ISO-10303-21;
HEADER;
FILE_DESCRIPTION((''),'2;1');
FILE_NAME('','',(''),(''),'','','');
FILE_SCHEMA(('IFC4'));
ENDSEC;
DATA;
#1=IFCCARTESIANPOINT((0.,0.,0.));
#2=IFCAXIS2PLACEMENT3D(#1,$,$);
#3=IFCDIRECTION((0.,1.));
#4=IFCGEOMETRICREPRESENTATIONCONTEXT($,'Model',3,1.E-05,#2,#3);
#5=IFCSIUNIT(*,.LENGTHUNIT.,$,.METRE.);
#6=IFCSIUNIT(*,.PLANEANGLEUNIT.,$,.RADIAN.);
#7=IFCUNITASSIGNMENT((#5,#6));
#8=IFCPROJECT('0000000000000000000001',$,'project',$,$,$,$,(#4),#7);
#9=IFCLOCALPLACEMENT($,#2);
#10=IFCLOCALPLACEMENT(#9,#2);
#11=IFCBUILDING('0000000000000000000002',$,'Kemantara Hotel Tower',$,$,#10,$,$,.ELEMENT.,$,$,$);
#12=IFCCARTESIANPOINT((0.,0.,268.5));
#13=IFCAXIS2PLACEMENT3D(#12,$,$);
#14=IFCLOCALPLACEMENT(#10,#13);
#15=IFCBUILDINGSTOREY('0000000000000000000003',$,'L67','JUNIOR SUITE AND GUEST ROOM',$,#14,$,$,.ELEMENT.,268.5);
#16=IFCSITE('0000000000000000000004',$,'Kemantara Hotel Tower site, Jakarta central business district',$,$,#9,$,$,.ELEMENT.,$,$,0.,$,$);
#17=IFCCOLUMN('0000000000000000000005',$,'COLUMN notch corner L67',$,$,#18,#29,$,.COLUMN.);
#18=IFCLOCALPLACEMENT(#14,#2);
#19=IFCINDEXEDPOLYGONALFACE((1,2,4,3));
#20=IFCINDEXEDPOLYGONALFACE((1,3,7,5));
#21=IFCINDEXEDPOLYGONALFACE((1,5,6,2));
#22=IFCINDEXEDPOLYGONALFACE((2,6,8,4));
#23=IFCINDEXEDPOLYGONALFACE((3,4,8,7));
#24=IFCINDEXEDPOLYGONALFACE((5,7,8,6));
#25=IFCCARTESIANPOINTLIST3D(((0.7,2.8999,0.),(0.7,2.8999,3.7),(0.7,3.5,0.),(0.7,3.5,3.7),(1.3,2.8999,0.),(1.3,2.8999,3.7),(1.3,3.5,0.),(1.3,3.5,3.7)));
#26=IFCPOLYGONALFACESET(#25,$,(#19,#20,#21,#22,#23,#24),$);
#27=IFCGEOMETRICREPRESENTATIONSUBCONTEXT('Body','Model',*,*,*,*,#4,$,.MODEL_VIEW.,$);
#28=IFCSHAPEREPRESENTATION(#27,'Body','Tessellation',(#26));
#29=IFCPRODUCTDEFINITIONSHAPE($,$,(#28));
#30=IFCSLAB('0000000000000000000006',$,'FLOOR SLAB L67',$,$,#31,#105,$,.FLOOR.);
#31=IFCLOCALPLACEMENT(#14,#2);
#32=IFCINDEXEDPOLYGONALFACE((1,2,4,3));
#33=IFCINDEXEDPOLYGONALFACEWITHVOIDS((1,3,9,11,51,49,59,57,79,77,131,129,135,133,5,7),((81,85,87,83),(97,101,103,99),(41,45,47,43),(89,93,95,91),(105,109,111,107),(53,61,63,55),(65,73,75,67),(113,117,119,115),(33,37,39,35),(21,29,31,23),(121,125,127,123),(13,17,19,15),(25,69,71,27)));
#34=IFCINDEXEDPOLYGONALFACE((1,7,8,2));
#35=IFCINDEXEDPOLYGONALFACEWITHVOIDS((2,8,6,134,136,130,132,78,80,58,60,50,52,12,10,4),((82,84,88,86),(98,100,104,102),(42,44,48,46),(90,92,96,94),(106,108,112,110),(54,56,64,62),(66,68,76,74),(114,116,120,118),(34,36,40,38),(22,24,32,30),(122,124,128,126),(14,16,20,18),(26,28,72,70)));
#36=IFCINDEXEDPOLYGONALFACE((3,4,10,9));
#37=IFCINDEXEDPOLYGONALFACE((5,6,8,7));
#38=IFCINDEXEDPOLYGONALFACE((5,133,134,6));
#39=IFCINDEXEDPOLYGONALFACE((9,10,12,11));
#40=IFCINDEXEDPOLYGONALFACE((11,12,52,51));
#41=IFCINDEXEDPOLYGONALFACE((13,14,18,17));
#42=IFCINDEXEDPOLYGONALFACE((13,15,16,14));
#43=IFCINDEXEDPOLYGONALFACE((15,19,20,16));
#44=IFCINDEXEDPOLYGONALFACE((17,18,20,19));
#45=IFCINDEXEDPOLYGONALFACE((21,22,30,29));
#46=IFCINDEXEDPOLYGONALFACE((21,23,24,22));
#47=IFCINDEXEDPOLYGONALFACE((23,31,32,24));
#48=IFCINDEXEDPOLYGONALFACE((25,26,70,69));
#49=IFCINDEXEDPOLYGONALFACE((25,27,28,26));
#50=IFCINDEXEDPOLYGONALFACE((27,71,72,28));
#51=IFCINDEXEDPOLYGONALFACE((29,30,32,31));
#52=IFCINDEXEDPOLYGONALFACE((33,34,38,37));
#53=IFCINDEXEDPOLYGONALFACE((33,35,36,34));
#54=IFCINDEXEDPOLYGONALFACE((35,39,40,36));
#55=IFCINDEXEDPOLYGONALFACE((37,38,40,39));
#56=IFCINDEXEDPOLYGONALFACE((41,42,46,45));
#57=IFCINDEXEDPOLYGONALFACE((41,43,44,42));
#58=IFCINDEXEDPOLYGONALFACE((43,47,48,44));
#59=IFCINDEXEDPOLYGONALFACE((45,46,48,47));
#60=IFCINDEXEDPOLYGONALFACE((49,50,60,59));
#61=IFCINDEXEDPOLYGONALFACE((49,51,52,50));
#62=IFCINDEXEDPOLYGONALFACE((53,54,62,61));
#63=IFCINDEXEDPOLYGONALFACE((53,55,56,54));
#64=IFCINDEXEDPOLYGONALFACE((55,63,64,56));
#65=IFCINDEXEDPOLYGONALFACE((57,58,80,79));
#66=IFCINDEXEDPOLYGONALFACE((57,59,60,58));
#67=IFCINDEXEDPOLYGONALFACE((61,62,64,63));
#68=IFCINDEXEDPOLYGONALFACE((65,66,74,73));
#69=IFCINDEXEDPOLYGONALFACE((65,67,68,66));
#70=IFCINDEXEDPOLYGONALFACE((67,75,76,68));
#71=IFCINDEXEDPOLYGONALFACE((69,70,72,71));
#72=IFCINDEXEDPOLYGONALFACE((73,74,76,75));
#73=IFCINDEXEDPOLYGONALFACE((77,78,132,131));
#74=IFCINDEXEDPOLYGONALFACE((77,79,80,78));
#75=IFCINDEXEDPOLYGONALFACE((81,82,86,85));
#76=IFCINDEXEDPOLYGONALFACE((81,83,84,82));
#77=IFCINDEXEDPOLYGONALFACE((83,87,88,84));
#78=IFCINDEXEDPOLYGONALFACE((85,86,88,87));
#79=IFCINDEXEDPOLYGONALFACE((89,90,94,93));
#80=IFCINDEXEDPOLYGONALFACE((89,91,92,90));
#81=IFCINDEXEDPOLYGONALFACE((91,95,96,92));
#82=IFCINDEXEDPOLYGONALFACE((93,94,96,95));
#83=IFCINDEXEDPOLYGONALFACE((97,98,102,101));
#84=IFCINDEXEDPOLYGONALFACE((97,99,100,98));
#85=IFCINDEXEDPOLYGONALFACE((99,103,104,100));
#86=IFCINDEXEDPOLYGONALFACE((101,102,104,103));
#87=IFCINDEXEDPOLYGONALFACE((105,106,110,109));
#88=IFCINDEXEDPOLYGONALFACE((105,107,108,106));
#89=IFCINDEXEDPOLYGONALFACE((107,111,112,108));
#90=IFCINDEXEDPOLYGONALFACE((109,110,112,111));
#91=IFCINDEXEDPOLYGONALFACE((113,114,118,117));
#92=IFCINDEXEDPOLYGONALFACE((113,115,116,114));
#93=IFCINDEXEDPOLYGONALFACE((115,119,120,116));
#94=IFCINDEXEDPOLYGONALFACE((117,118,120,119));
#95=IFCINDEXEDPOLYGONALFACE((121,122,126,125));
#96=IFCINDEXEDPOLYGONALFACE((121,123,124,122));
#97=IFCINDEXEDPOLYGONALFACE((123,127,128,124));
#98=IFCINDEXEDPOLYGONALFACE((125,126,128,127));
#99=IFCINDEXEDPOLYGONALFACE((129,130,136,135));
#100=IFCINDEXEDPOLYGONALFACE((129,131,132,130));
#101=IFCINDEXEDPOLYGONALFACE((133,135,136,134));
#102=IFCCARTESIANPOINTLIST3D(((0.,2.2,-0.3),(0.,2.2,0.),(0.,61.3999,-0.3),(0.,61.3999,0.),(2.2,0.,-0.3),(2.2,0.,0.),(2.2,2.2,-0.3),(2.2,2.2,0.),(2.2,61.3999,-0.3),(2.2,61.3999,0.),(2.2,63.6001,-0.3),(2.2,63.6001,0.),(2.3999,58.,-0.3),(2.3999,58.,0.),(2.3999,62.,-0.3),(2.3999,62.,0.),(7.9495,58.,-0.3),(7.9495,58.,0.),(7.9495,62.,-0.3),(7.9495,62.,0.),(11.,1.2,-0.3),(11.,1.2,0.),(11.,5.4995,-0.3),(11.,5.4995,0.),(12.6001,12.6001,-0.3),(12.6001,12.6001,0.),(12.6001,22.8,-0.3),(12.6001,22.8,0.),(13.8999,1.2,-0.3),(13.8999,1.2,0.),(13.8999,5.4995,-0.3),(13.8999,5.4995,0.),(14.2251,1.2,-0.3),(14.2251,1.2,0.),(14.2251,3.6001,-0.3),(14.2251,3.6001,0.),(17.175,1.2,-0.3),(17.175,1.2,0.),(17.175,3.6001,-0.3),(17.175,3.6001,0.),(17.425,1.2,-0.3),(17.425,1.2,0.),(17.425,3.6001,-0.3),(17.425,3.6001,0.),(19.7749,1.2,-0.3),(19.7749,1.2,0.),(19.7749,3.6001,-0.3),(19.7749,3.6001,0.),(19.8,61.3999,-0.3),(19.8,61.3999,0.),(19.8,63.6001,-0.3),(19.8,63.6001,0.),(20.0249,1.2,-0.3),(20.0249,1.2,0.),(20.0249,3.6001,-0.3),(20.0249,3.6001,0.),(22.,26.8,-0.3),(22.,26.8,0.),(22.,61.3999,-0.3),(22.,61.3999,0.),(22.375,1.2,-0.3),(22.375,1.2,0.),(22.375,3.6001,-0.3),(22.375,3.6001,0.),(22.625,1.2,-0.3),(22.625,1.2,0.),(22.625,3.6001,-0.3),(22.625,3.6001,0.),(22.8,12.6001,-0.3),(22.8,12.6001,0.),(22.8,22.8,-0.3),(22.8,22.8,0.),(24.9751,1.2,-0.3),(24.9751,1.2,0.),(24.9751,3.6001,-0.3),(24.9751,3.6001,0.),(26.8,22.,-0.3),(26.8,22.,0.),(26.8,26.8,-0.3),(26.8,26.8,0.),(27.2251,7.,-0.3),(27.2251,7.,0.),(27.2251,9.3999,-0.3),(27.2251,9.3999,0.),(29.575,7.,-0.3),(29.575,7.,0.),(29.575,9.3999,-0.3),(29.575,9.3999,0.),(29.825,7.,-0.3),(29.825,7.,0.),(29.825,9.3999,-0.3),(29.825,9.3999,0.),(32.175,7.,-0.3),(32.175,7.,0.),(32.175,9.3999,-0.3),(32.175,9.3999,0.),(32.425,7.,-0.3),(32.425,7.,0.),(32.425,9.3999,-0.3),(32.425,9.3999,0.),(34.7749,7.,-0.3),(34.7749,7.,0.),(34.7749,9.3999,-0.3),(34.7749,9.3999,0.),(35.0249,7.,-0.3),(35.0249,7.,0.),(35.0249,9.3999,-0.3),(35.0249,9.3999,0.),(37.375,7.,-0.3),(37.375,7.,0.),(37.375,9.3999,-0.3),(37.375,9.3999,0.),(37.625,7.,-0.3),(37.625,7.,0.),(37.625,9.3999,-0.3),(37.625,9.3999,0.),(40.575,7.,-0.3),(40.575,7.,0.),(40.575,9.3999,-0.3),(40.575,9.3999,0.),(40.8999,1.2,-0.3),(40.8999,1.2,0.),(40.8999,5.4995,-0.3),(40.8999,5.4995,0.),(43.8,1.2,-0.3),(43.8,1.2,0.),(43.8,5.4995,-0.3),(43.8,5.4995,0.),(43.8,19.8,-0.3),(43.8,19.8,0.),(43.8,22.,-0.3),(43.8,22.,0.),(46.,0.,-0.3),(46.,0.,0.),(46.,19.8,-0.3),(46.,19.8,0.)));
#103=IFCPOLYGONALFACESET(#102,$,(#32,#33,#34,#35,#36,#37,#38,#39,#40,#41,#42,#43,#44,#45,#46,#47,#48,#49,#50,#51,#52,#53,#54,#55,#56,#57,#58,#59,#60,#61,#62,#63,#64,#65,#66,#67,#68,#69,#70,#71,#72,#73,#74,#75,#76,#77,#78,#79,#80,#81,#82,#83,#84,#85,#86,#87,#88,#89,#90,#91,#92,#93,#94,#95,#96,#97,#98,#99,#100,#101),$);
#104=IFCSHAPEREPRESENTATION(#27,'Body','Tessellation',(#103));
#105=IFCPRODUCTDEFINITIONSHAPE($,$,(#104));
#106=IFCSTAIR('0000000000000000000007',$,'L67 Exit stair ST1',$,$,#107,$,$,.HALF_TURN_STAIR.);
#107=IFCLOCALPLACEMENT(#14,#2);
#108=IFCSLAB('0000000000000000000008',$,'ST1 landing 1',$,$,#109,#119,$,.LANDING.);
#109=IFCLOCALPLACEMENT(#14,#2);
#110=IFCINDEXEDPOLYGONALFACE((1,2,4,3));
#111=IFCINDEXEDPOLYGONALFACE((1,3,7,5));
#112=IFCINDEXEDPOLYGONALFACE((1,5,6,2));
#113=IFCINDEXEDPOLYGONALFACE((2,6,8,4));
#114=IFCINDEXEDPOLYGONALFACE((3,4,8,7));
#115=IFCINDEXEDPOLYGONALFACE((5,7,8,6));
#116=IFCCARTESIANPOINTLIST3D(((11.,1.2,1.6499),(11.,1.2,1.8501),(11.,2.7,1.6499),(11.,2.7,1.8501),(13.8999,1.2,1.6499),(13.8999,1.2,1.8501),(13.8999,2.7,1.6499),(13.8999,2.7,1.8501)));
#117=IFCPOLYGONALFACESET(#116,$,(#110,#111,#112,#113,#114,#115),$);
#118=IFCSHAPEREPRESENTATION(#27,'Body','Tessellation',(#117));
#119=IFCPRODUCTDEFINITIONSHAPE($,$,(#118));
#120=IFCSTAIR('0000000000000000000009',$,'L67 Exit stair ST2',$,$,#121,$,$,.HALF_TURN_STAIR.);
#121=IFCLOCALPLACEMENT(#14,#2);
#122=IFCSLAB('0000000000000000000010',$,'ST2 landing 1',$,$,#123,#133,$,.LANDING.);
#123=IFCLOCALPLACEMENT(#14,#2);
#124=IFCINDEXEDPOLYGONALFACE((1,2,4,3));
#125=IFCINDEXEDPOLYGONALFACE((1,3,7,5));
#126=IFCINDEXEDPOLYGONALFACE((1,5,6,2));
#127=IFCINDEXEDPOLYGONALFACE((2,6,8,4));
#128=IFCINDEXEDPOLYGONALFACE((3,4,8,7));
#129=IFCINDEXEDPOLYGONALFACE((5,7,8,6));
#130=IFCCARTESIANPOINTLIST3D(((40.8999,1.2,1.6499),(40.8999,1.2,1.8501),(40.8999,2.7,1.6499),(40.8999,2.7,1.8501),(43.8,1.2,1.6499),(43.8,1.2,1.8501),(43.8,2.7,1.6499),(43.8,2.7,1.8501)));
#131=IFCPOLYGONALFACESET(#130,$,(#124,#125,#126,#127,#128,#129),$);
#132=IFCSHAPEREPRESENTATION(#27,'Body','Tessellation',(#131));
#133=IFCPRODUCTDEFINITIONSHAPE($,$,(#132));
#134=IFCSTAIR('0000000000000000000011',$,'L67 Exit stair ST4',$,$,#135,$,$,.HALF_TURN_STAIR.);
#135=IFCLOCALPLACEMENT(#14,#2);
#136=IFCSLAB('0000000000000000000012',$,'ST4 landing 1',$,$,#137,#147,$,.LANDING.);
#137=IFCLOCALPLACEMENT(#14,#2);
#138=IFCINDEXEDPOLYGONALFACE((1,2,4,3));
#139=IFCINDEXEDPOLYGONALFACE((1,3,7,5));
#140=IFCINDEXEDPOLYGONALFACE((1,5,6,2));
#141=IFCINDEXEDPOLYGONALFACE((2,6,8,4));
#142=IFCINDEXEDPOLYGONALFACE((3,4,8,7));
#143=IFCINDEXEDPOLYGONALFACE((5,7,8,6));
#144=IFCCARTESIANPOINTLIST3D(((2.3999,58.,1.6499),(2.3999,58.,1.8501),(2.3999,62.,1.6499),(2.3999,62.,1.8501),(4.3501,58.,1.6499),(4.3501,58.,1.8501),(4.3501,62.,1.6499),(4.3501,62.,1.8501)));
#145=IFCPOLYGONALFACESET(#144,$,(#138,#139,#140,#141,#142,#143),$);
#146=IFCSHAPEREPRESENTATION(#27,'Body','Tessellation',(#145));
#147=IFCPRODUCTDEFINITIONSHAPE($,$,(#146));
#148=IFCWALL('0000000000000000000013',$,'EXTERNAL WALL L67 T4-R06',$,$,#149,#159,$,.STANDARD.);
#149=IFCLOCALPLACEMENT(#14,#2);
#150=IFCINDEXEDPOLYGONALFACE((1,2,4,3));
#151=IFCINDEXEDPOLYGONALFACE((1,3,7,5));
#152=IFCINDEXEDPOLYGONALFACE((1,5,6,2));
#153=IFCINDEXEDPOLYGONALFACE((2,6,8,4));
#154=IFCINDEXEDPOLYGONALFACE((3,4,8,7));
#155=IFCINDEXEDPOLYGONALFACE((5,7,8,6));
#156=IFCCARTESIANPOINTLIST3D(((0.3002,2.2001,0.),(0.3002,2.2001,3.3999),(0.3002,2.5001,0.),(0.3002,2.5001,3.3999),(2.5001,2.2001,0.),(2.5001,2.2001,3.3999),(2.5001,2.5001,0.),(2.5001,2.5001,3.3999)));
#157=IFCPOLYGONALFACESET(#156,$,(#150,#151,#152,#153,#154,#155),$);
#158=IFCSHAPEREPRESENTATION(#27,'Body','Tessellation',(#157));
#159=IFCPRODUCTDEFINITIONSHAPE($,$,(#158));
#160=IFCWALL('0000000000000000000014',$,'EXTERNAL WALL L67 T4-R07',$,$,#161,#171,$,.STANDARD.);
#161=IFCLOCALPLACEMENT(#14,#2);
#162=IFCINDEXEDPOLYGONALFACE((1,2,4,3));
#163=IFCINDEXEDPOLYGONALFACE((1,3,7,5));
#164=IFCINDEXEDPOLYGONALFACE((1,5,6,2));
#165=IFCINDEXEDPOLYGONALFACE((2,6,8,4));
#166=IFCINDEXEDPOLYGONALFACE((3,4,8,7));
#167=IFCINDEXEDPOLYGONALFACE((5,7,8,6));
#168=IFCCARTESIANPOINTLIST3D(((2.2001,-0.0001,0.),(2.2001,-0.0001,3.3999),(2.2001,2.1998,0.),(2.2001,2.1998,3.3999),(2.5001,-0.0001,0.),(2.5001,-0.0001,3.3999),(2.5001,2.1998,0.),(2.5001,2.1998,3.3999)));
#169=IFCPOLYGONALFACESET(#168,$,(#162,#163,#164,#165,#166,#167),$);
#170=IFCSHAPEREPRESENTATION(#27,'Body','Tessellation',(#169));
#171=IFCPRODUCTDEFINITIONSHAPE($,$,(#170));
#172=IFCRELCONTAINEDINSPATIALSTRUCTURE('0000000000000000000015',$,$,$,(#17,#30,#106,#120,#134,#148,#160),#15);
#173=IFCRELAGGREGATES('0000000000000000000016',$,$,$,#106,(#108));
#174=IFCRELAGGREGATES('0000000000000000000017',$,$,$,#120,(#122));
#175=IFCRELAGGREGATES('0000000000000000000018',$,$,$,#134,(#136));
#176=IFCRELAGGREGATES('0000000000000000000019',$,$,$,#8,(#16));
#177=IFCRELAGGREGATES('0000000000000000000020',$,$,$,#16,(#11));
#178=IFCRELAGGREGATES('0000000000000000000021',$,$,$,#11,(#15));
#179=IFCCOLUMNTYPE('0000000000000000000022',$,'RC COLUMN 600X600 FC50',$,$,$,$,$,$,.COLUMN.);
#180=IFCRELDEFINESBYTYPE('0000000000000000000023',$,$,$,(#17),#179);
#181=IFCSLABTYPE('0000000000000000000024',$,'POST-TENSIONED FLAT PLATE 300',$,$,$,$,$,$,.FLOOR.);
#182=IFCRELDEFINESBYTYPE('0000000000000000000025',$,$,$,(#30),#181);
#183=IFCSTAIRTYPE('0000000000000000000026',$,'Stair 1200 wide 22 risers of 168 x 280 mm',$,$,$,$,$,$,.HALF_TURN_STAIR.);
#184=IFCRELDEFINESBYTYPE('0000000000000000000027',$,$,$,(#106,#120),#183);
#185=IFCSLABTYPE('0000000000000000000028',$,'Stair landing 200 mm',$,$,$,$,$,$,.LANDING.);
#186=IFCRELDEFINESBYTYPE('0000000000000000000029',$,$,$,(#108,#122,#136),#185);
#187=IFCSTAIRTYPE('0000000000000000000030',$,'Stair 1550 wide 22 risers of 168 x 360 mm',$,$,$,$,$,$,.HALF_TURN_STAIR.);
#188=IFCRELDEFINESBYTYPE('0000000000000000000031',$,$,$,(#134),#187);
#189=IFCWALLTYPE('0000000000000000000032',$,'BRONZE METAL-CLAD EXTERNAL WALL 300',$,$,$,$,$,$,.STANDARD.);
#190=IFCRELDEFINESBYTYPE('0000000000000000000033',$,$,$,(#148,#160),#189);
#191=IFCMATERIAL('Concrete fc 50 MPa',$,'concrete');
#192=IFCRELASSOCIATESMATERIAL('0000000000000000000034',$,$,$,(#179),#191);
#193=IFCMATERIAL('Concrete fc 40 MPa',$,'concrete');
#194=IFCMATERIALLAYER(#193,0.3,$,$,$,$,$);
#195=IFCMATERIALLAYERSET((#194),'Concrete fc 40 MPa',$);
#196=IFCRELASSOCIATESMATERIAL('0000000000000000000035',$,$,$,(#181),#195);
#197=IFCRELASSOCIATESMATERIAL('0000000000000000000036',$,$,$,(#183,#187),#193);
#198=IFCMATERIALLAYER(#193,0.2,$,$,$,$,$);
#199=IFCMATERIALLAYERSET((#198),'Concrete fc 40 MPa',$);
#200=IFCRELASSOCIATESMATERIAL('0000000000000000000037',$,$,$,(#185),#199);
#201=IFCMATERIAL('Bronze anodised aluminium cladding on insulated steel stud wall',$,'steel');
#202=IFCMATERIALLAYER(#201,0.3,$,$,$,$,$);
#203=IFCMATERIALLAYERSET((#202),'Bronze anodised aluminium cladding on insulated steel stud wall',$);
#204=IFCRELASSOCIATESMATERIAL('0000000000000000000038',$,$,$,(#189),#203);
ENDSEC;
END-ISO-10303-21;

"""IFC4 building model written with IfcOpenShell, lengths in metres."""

from ifc_helpers import new_model, si_unit, direction, frame, frame_2d, origin, origin_2d, place, context, subcontext, project, spatial, polyline, rectangle, outline, extrude, material, layer, layer_set, material_profile, profile_set, type_object, element, aggregate, save


model = new_model("IFC4")

# Units and contexts
model_context = context("Model", 3, precision=1e-05, world=origin(), true_north=direction((0.0, 1.0)))
body_context = subcontext(model_context, "Body", "Model", "MODEL_VIEW")
ifc_project = project(units=[si_unit("LENGTHUNIT", "METRE"), si_unit("PLANEANGLEUNIT", "RADIAN")], contexts=[model_context])

# Site, building, storey
site_placement = place(None, origin())
site = spatial("IfcSite", under=ifc_project, at=site_placement, Name="Kemantara Hotel Tower site, Jakarta central business district", CompositionType="ELEMENT", RefElevation=0.0)
building_placement = place(site_placement, origin())
building = spatial("IfcBuilding", under=site, at=building_placement, Name="Kemantara Hotel Tower", CompositionType="ELEMENT")
storey_placement = place(building_placement, frame((0.0, 0.0, 268.5)))
storey = spatial("IfcBuildingStorey", under=building, at=storey_placement, Name="L67", Description="JUNIOR SUITE AND GUEST ROOM", CompositionType="ELEMENT", Elevation=268.5)

# Column
ifc_material_1 = material(Name="Concrete fc 50 MPa", Category="concrete")
ifc_material_profile = material_profile(ifc_material_1, rectangle(XDim=0.6001, YDim=0.6001, at=origin_2d()), Name="RC 600X600")
ifc_profile_set = profile_set([ifc_material_profile], Name="Concrete fc 50 MPa")
column_type = type_object("IfcColumnType", Name="RC COLUMN 600X600 FC50", PredefinedType="COLUMN", material=ifc_profile_set)
column_placement = place(storey_placement, frame((1.0, 3.2, 0.0), z_axis=(0.0, 0.0, 1.0), x_axis=(1.0, 0.0, 0.0)))
element("IfcColumn", 1, at=column_placement, inside=storey, type_object=column_type, Name="COLUMN notch corner L67", PredefinedType="COLUMN", context=body_context, shape_type="SweptSolid", body=[
    extrude(rectangle(XDim=0.6001, YDim=0.6001, at=origin_2d()), origin(), (0.0, 0.0, 1.0), 3.7),
])

# Slab
ifc_material_2 = material(Name="Concrete fc 40 MPa", Category="concrete")
ifc_layer_1 = layer(ifc_material_2, 0.3)
ifc_layer_set_1 = layer_set([ifc_layer_1], Name="Concrete fc 40 MPa")
slab_type_1 = type_object("IfcSlabType", Name="POST-TENSIONED FLAT PLATE 300", PredefinedType="FLOOR", material=ifc_layer_set_1)
slab_1_placement = place(storey_placement, frame((0.0, 0.0, -0.3)))
element("IfcSlab", 2, at=slab_1_placement, inside=storey, type_object=slab_type_1, Name="FLOOR SLAB L67", PredefinedType="FLOOR", context=body_context, shape_type="SweptSolid", body=[
    extrude(outline(polyline([(22.0, 26.8), (22.0, 61.3999), (19.8, 61.3999), (19.8, 63.6001), (2.2, 63.6001), (2.2, 61.3999), (0.0, 61.3999), (0.0, 2.2), (2.2, 2.2), (2.2, 0.0), (46.0, 0.0), (46.0, 19.8), (43.8, 19.8), (43.8, 22.0), (26.8, 22.0), (26.8, 26.8), (22.0, 26.8)]), holes=[polyline([(17.175, 3.6001), (17.175, 1.2), (14.2251, 1.2), (14.2251, 3.6001), (17.175, 3.6001)]), polyline([(19.7749, 1.2), (17.425, 1.2), (17.425, 3.6001), (19.7749, 3.6001), (19.7749, 1.2)]), polyline([(22.375, 1.2), (20.0249, 1.2), (20.0249, 3.6001), (22.375, 3.6001), (22.375, 1.2)]), polyline([(24.9751, 3.6001), (24.9751, 1.2), (22.625, 1.2), (22.625, 3.6001), (24.9751, 3.6001)]), polyline([(11.0, 1.2), (11.0, 5.4995), (13.8999, 5.4995), (13.8999, 1.2), (11.0, 1.2)]), polyline([(22.8, 12.6001), (12.6001, 12.6001), (12.6001, 22.8), (22.8, 22.8), (22.8, 12.6001)]), polyline([(2.3999, 58.0), (2.3999, 62.0), (7.9495, 62.0), (7.9495, 58.0), (2.3999, 58.0)]), polyline([(40.8999, 1.2), (40.8999, 5.4995), (43.8, 5.4995), (43.8, 1.2), (40.8999, 1.2)]), polyline([(29.575, 7.0), (27.2251, 7.0), (27.2251, 9.3999), (29.575, 9.3999), (29.575, 7.0)]), polyline([(32.175, 7.0), (29.825, 7.0), (29.825, 9.3999), (32.175, 9.3999), (32.175, 7.0)]), polyline([(34.7749, 7.0), (32.425, 7.0), (32.425, 9.3999), (34.7749, 9.3999), (34.7749, 7.0)]), polyline([(37.375, 7.0), (35.0249, 7.0), (35.0249, 9.3999), (37.375, 9.3999), (37.375, 7.0)]), polyline([(40.575, 7.0), (37.625, 7.0), (37.625, 9.3999), (40.575, 9.3999), (40.575, 7.0)])]), origin(), (0.0, 0.0, 1.0), 0.3),
])

# Stairs, slabs
stair_type_1 = type_object("IfcStairType", Name="Stair 1200 wide 22 risers of 168 x 280 mm", PredefinedType="HALF_TURN_STAIR", material=ifc_material_2)
stair_1_placement = place(storey_placement, origin())
stair_1 = element("IfcStair", 3, at=stair_1_placement, inside=storey, type_object=stair_type_1, Name="L67 Exit stair ST1", PredefinedType="HALF_TURN_STAIR")
ifc_layer_2 = layer(ifc_material_2, 0.2)
ifc_layer_set_2 = layer_set([ifc_layer_2], Name="Concrete fc 40 MPa")
slab_type_2 = type_object("IfcSlabType", Name="Stair landing 200 mm", PredefinedType="LANDING", material=ifc_layer_set_2)
slab_2_placement = place(storey_placement, frame((0.0, 0.0, 1.6499)))
slab_2 = element("IfcSlab", 4, at=slab_2_placement, type_object=slab_type_2, Name="ST1 landing 1", PredefinedType="LANDING", context=body_context, shape_type="SweptSolid", body=[
    extrude(outline(polyline([(11.0, 2.7), (11.0, 1.2), (13.8999, 1.2), (13.8999, 2.7), (11.0, 2.7)])), origin(), (0.0, 0.0, 1.0), 0.2002),
])
aggregate(stair_1, [slab_2])
stair_2_placement = place(storey_placement, origin())
stair_2 = element("IfcStair", 5, at=stair_2_placement, inside=storey, type_object=stair_type_1, Name="L67 Exit stair ST2", PredefinedType="HALF_TURN_STAIR")
slab_3_placement = place(storey_placement, frame((0.0, 0.0, 1.6499)))
slab_3 = element("IfcSlab", 6, at=slab_3_placement, type_object=slab_type_2, Name="ST2 landing 1", PredefinedType="LANDING", context=body_context, shape_type="SweptSolid", body=[
    extrude(outline(polyline([(40.8999, 2.7), (40.8999, 1.2), (43.8, 1.2), (43.8, 2.7), (40.8999, 2.7)])), origin(), (0.0, 0.0, 1.0), 0.2002),
])
aggregate(stair_2, [slab_3])
stair_type_2 = type_object("IfcStairType", Name="Stair 1550 wide 22 risers of 168 x 360 mm", PredefinedType="HALF_TURN_STAIR", material=ifc_material_2)
stair_3_placement = place(storey_placement, origin())
stair_3 = element("IfcStair", 7, at=stair_3_placement, inside=storey, type_object=stair_type_2, Name="L67 Exit stair ST4", PredefinedType="HALF_TURN_STAIR")
slab_4_placement = place(storey_placement, frame((0.0, 0.0, 1.6499)))
slab_4 = element("IfcSlab", 8, at=slab_4_placement, type_object=slab_type_2, Name="ST4 landing 1", PredefinedType="LANDING", context=body_context, shape_type="SweptSolid", body=[
    extrude(outline(polyline([(4.3501, 62.0), (2.3999, 62.0), (2.3999, 58.0), (4.3501, 58.0), (4.3501, 62.0)])), origin(), (0.0, 0.0, 1.0), 0.2002),
])
aggregate(stair_3, [slab_4])

# Walls
ifc_material_3 = material(Name="Bronze anodised aluminium cladding on insulated steel stud wall", Category="steel")
ifc_layer_3 = layer(ifc_material_3, 0.3)
ifc_layer_set_3 = layer_set([ifc_layer_3], Name="Bronze anodised aluminium cladding on insulated steel stud wall")
wall_type_1 = type_object("IfcWallType", Name="BRONZE METAL-CLAD EXTERNAL WALL 300", PredefinedType="STANDARD", material=ifc_layer_set_3)
for number, where, z_axis, x_axis, name in (
    (9, (0.3, 2.3501, 0.0), (0.0, 0.0, 1.0), (1.0, 0.0, 0.0), "EXTERNAL WALL L67 T4-R06"),
    (10, (2.3501, 2.2, 0.0), (0.0, 0.0, 1.0), (0.0, -1.0, 0.0), "EXTERNAL WALL L67 T4-R07"),
):
    element("IfcWall", number, at=place(storey_placement, frame(where, z_axis=z_axis, x_axis=x_axis)), inside=storey, type_object=wall_type_1, Name=name, PredefinedType="STANDARD", context=body_context, shape_type="SweptSolid", body=[
        extrude(rectangle(XDim=2.2, YDim=0.3, at=frame_2d((1.1001, 0.0))), origin(), (0.0, 0.0, 1.0), 3.3999),
    ])

save(model, "model.ifc")
